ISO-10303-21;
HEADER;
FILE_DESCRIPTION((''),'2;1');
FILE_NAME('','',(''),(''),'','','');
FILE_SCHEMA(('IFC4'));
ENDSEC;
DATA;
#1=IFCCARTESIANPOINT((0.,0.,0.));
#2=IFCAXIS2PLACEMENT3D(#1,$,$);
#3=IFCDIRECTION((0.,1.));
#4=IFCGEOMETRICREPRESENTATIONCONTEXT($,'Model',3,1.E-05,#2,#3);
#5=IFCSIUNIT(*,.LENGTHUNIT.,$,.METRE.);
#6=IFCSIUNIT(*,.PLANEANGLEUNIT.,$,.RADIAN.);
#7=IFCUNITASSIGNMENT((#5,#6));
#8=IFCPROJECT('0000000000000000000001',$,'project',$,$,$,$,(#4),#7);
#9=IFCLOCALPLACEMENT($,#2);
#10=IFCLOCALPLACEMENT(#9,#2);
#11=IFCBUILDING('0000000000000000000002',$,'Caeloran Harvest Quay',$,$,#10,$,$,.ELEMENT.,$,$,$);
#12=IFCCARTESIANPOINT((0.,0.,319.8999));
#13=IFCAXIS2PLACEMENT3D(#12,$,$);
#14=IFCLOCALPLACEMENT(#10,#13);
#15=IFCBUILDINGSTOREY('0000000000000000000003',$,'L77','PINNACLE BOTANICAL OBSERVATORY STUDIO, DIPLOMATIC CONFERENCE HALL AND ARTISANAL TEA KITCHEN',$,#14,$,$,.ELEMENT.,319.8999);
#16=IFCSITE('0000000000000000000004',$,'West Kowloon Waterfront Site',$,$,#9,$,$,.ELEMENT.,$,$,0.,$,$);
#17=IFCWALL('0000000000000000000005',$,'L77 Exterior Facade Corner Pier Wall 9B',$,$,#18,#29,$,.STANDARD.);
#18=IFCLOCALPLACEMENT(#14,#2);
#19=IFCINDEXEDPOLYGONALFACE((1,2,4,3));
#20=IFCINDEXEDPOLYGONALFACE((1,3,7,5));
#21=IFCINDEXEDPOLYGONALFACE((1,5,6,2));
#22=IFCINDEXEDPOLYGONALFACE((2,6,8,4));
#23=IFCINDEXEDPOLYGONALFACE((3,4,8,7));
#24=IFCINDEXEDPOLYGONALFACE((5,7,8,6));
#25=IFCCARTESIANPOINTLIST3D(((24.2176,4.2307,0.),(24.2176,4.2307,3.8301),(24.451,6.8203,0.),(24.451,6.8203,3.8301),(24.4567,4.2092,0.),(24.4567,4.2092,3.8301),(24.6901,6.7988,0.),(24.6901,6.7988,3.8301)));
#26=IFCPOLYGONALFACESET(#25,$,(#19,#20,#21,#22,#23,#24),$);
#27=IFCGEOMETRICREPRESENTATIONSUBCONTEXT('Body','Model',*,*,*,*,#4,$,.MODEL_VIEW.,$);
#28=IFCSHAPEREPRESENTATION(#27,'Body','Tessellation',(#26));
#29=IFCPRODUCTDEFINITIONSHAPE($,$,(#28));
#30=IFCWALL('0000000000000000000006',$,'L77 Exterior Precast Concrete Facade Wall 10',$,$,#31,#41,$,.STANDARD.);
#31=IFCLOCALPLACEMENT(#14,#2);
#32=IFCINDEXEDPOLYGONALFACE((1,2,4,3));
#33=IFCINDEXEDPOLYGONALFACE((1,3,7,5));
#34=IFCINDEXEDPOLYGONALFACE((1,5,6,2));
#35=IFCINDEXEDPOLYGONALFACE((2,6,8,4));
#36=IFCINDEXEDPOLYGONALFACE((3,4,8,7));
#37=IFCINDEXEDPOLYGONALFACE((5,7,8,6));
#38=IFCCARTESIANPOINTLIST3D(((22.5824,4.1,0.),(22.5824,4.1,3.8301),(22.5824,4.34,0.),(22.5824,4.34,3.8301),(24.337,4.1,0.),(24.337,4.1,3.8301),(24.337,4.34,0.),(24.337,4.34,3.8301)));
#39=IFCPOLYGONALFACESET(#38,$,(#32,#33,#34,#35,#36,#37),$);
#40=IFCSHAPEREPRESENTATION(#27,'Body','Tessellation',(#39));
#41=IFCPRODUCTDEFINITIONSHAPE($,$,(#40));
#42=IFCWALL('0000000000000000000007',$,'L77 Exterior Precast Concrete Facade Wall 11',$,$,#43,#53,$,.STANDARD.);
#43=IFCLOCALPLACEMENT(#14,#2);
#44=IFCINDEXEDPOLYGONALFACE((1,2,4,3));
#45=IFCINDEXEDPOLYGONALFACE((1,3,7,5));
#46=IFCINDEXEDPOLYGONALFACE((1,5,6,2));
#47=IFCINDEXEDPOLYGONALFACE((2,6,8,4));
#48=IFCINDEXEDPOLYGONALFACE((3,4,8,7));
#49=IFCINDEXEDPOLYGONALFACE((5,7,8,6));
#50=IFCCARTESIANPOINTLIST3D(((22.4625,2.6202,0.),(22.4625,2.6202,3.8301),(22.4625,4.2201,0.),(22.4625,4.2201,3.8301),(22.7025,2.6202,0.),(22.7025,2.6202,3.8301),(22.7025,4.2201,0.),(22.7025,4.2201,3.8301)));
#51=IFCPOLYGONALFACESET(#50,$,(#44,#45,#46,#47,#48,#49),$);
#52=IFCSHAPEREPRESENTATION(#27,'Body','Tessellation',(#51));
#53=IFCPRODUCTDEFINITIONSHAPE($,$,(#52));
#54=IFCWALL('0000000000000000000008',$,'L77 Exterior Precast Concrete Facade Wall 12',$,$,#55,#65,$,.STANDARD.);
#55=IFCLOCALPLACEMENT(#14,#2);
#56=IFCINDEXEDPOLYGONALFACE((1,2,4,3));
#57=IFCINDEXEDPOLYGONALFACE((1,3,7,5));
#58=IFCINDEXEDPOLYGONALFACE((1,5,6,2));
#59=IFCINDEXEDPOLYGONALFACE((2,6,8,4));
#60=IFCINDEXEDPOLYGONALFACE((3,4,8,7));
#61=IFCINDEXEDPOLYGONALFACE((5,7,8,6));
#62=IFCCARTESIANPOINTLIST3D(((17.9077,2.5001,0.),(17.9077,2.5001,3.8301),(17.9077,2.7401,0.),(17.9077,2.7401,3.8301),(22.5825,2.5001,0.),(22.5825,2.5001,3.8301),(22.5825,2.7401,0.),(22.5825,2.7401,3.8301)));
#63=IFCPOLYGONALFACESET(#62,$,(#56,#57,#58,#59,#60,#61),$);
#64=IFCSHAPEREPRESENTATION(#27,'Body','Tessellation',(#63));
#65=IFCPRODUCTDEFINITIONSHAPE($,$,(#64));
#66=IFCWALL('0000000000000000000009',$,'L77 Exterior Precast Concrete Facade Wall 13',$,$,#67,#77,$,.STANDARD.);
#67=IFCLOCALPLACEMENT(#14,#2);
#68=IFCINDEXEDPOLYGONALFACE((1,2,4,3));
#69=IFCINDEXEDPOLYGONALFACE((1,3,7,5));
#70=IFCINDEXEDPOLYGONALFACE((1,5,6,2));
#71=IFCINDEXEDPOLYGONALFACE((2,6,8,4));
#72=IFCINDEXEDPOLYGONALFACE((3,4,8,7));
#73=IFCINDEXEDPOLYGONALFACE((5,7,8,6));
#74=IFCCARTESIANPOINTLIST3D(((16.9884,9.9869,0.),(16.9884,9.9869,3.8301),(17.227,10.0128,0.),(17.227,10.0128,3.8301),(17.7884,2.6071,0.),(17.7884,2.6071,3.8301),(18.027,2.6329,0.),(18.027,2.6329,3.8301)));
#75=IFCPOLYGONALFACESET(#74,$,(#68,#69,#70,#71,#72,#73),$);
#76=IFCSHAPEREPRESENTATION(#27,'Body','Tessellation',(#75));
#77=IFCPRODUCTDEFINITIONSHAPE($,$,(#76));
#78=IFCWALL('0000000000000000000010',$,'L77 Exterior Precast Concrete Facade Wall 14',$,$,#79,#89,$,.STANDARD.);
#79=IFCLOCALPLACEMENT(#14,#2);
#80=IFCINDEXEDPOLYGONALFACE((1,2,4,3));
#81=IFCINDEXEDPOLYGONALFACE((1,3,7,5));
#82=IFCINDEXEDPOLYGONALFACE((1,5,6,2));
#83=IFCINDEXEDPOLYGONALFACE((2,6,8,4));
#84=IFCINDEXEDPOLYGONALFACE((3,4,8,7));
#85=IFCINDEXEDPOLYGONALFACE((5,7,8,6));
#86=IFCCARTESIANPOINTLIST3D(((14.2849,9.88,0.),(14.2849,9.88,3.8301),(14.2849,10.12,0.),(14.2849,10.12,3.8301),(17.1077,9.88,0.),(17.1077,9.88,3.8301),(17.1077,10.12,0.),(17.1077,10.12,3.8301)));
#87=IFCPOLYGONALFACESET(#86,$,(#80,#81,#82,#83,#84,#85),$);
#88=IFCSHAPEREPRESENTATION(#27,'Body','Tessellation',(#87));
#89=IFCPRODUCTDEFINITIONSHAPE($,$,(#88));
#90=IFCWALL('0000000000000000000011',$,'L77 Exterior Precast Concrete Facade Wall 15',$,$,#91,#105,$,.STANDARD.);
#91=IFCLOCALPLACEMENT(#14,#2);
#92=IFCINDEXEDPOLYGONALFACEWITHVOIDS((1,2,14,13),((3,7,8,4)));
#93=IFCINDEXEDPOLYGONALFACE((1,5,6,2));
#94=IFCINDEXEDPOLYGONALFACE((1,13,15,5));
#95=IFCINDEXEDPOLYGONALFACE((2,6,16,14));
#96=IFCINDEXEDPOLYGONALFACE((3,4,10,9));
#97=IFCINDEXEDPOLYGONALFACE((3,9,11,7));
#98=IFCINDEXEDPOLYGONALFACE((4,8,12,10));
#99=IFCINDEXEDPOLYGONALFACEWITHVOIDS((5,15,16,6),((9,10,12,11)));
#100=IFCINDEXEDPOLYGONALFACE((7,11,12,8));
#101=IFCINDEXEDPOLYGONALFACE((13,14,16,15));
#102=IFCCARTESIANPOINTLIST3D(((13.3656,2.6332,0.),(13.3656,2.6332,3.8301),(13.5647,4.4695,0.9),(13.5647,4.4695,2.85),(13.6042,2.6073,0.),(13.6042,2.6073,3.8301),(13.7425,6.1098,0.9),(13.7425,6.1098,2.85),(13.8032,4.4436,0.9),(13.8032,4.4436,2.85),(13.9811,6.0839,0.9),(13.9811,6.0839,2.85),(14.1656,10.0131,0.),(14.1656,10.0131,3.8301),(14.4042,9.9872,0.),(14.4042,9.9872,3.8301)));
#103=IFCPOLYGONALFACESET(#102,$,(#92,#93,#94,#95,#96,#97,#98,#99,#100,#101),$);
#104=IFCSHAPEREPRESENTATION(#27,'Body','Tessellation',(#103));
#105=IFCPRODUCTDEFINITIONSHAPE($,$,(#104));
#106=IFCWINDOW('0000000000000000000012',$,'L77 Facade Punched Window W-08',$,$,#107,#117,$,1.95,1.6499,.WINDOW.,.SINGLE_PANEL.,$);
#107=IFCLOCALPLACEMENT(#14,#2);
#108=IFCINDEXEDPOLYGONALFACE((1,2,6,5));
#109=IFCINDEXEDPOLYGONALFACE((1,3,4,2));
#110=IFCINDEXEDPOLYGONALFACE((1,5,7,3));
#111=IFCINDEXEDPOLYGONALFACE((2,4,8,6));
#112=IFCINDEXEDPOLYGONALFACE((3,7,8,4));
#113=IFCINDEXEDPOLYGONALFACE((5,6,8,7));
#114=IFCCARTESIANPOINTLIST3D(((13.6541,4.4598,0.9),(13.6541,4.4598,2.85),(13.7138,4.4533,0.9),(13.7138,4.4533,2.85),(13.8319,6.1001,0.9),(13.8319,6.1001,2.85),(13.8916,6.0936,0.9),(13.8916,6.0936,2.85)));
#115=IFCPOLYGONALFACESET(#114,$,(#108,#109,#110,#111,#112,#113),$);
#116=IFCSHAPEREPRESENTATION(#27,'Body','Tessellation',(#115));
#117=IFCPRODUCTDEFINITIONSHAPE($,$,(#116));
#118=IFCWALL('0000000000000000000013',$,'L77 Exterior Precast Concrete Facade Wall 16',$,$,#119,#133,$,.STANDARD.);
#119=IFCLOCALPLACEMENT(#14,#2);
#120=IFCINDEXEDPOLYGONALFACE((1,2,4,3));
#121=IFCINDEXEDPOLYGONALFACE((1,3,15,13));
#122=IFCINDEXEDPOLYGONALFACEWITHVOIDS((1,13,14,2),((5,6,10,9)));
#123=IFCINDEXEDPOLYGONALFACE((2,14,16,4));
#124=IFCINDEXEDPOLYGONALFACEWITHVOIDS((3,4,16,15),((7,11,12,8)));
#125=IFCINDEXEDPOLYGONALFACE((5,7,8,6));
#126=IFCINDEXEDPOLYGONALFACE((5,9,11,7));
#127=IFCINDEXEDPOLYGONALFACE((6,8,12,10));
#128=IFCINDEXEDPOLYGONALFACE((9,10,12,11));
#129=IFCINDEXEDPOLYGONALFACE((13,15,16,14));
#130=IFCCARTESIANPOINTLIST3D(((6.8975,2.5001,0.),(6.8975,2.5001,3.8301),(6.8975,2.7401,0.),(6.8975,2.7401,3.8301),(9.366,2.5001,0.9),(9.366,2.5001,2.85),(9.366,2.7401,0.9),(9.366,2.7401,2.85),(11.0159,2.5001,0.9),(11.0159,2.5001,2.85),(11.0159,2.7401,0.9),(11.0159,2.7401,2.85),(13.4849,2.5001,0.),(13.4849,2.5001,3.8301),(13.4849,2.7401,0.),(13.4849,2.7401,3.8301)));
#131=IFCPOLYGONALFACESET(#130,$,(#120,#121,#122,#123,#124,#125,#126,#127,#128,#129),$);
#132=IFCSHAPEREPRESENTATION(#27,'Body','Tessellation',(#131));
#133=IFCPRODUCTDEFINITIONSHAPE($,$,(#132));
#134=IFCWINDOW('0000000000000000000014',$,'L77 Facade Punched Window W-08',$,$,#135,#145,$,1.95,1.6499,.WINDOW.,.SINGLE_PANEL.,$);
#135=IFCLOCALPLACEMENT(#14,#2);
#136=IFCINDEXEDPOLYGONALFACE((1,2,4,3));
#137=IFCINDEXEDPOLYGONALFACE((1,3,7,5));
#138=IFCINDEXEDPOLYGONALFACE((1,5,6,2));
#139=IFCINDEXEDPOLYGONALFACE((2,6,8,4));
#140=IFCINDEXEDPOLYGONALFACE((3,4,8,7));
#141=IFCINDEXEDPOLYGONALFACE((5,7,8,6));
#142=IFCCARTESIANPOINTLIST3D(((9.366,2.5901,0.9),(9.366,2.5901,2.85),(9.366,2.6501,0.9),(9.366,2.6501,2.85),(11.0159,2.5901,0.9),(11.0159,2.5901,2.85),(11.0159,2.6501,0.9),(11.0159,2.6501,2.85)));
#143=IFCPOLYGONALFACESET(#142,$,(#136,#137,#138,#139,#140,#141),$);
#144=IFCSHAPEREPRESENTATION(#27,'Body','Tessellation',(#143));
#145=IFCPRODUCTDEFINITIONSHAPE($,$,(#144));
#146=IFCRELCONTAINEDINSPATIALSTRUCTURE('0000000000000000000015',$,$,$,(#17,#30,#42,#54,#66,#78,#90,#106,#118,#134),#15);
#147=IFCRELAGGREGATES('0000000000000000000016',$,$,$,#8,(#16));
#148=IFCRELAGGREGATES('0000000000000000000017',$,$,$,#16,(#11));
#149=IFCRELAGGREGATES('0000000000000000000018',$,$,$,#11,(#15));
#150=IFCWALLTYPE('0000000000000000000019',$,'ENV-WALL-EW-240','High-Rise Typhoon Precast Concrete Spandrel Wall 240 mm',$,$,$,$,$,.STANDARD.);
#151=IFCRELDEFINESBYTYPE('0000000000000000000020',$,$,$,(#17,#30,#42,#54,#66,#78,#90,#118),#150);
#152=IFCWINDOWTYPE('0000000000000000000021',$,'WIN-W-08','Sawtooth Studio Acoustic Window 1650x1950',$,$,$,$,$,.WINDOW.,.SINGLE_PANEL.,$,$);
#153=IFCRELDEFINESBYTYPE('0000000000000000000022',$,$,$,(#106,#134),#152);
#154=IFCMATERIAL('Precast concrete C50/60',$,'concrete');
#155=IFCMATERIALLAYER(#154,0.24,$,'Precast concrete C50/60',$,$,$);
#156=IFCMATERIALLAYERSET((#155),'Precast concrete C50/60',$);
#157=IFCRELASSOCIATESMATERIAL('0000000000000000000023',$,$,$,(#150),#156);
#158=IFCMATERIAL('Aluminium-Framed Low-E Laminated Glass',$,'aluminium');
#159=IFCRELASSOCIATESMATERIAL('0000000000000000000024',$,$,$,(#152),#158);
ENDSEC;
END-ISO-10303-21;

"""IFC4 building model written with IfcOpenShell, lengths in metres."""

from ifc_helpers import new_model, si_unit, direction, frame, frame_2d, origin, place, context, subcontext, project, spatial, rectangle, extrude, material, layer, layer_set, type_object, element, fill, save


model = new_model("IFC4")

# Units and contexts
model_context = context("Model", 3, precision=1e-05, world=origin(), true_north=direction((0.0, 1.0)))
body_context = subcontext(model_context, "Body", "Model", "MODEL_VIEW")
ifc_project = project(units=[si_unit("LENGTHUNIT", "METRE"), si_unit("PLANEANGLEUNIT", "RADIAN")], contexts=[model_context])

# Site, building, storey
site_placement = place(None, origin())
site = spatial("IfcSite", under=ifc_project, at=site_placement, Name="West Kowloon Waterfront Site", CompositionType="ELEMENT", RefElevation=0.0)
building_placement = place(site_placement, origin())
building = spatial("IfcBuilding", under=site, at=building_placement, Name="Caeloran Harvest Quay", CompositionType="ELEMENT")
storey_placement = place(building_placement, frame((0.0, 0.0, 319.8999)))
storey = spatial("IfcBuildingStorey", under=building, at=storey_placement, Name="L77", Description="PINNACLE BOTANICAL OBSERVATORY STUDIO, DIPLOMATIC CONFERENCE HALL AND ARTISANAL TEA KITCHEN", CompositionType="ELEMENT", Elevation=319.8999)

# Walls
ifc_material_1 = material(Name="Precast concrete C50/60", Category="concrete")
ifc_layer_1 = layer(ifc_material_1, 0.24, Name="Precast concrete C50/60")
ifc_layer_set_1 = layer_set([ifc_layer_1], Name="Precast concrete C50/60")
wall_type = type_object("IfcWallType", Name="ENV-WALL-EW-240", Description="High-Rise Typhoon Precast Concrete Spandrel Wall 240 mm", PredefinedType="STANDARD", material=ifc_layer_set_1)
wall_1_placement = place(storey_placement, frame((24.5706, 6.8096, 0.0), z_axis=(0.0, 0.0, 1.0), x_axis=(-0.089765, -0.995963, 0.0)))
element("IfcWall", 1, at=wall_1_placement, inside=storey, type_object=wall_type, Name="L77 Exterior Facade Corner Pier Wall 9B", PredefinedType="STANDARD", context=body_context, shape_type="SweptSolid", body=[
    extrude(rectangle(XDim=2.6001, YDim=0.24, at=frame_2d((1.3, 0.0))), origin(), (0.0, 0.0, 1.0), 3.8301),
])
wall_2_placement = place(storey_placement, frame((24.3372, 4.22, 0.0), z_axis=(0.0, 0.0, 1.0), x_axis=(-1.0, 0.0, 0.0)))
element("IfcWall", 2, at=wall_2_placement, inside=storey, type_object=wall_type, Name="L77 Exterior Precast Concrete Facade Wall 10", PredefinedType="STANDARD", context=body_context, shape_type="SweptSolid", body=[
    extrude(rectangle(XDim=1.7546, YDim=0.24, at=frame_2d((0.8774, 0.0))), origin(), (0.0, 0.0, 1.0), 3.8301),
])
wall_3_placement = place(storey_placement, frame((22.5825, 4.22, 0.0), z_axis=(0.0, 0.0, 1.0), x_axis=(0.0, -1.0, 0.0)))
element("IfcWall", 3, at=wall_3_placement, inside=storey, type_object=wall_type, Name="L77 Exterior Precast Concrete Facade Wall 11", PredefinedType="STANDARD", context=body_context, shape_type="SweptSolid", body=[
    extrude(rectangle(XDim=1.5999, YDim=0.24, at=frame_2d((0.7998, 0.0))), origin(), (0.0, 0.0, 1.0), 3.8301),
])
wall_4_placement = place(storey_placement, frame((22.5825, 2.6201, 0.0), z_axis=(0.0, 0.0, 1.0), x_axis=(-1.0, 0.0, 0.0)))
element("IfcWall", 4, at=wall_4_placement, inside=storey, type_object=wall_type, Name="L77 Exterior Precast Concrete Facade Wall 12", PredefinedType="STANDARD", context=body_context, shape_type="SweptSolid", body=[
    extrude(rectangle(XDim=4.6748, YDim=0.24, at=frame_2d((2.3374, 0.0))), origin(), (0.0, 0.0, 1.0), 3.8301),
])
wall_5_placement = place(storey_placement, frame((17.9077, 2.6201, 0.0), z_axis=(0.0, 0.0, 1.0), x_axis=(-0.107778, 0.994175, 0.0)))
element("IfcWall", 5, at=wall_5_placement, inside=storey, type_object=wall_type, Name="L77 Exterior Precast Concrete Facade Wall 13", PredefinedType="STANDARD", context=body_context, shape_type="SweptSolid", body=[
    extrude(rectangle(XDim=7.4231, YDim=0.24, at=frame_2d((3.7114, 0.0))), origin(), (0.0, 0.0, 1.0), 3.8301),
])
wall_6_placement = place(storey_placement, frame((17.1077, 10.0, 0.0), z_axis=(0.0, 0.0, 1.0), x_axis=(-1.0, 0.0, 0.0)))
element("IfcWall", 6, at=wall_6_placement, inside=storey, type_object=wall_type, Name="L77 Exterior Precast Concrete Facade Wall 14", PredefinedType="STANDARD", context=body_context, shape_type="SweptSolid", body=[
    extrude(rectangle(XDim=2.8228, YDim=0.24, at=frame_2d((1.4114, 0.0))), origin(), (0.0, 0.0, 1.0), 3.8301),
])

# Walls, openings, windows
wall_7_placement = place(storey_placement, frame((14.2849, 10.0, 0.0), z_axis=(0.0, 0.0, 1.0), x_axis=(-0.107778, -0.994175, 0.0)))
wall_7 = element("IfcWall", 7, at=wall_7_placement, inside=storey, type_object=wall_type, Name="L77 Exterior Precast Concrete Facade Wall 15", PredefinedType="STANDARD", context=body_context, shape_type="SweptSolid", body=[
    extrude(rectangle(XDim=7.4231, YDim=0.24, at=frame_2d((3.7114, 0.0))), origin(), (0.0, 0.0, 1.0), 3.8301),
])
opening_1_placement = place(wall_7_placement, frame((3.926, 0.0, 0.8999)))
opening_1 = element("IfcOpeningElement", 8, at=opening_1_placement, cuts=wall_7, PredefinedType="OPENING", context=body_context, shape_type="SweptSolid", body=[
    extrude(rectangle(XDim=1.6499, YDim=1.95, at=frame_2d((0.825, 0.9751))), frame((0.0, 0.1299, 0.0), z_axis=(0.0, -1.0, 0.0), x_axis=(1.0, 0.0, 0.0)), (0.0, 0.0, 1.0), 0.26),
])
ifc_material_2 = material(Name="Aluminium-Framed Low-E Laminated Glass", Category="aluminium")
window_type = type_object("IfcWindowType", Name="WIN-W-08", Description="Sawtooth Studio Acoustic Window 1650x1950", PartitioningType="SINGLE_PANEL", PredefinedType="WINDOW", material=ifc_material_2)
window_1_placement = place(opening_1_placement, origin())
window_1 = element("IfcWindow", 9, at=window_1_placement, inside=storey, type_object=window_type, Name="L77 Facade Punched Window W-08", OverallHeight=1.95, OverallWidth=1.6499, PartitioningType="SINGLE_PANEL", PredefinedType="WINDOW", context=body_context, shape_type="SweptSolid", body=[
    extrude(rectangle(XDim=1.6499, YDim=1.95, at=frame_2d((0.825, 0.9751))), frame((0.0, 0.03, 0.0), z_axis=(0.0, -1.0, 0.0), x_axis=(1.0, 0.0, 0.0)), (0.0, 0.0, 1.0), 0.0601),
])
fill(opening_1, window_1)
wall_8_placement = place(storey_placement, frame((13.4849, 2.6201, 0.0), z_axis=(0.0, 0.0, 1.0), x_axis=(-1.0, 0.0, 0.0)))
wall_8 = element("IfcWall", 10, at=wall_8_placement, inside=storey, type_object=wall_type, Name="L77 Exterior Precast Concrete Facade Wall 16", PredefinedType="STANDARD", context=body_context, shape_type="SweptSolid", body=[
    extrude(rectangle(XDim=6.5874, YDim=0.24, at=frame_2d((3.2937, 0.0))), origin(), (0.0, 0.0, 1.0), 3.8301),
])
opening_2_placement = place(wall_8_placement, frame((2.469, 0.0, 0.8999)))
opening_2 = element("IfcOpeningElement", 11, at=opening_2_placement, cuts=wall_8, PredefinedType="OPENING", context=body_context, shape_type="SweptSolid", body=[
    extrude(rectangle(XDim=1.6499, YDim=1.95, at=frame_2d((0.825, 0.9751))), frame((0.0, 0.1299, 0.0), z_axis=(0.0, -1.0, 0.0), x_axis=(1.0, 0.0, 0.0)), (0.0, 0.0, 1.0), 0.26),
])
window_2_placement = place(opening_2_placement, origin())
window_2 = element("IfcWindow", 12, at=window_2_placement, inside=storey, type_object=window_type, Name="L77 Facade Punched Window W-08", OverallHeight=1.95, OverallWidth=1.6499, PartitioningType="SINGLE_PANEL", PredefinedType="WINDOW", context=body_context, shape_type="SweptSolid", body=[
    extrude(rectangle(XDim=1.6499, YDim=1.95, at=frame_2d((0.825, 0.9751))), frame((0.0, 0.03, 0.0), z_axis=(0.0, -1.0, 0.0), x_axis=(1.0, 0.0, 0.0)), (0.0, 0.0, 1.0), 0.0601),
])
fill(opening_2, window_2)

save(model, "model.ifc")
